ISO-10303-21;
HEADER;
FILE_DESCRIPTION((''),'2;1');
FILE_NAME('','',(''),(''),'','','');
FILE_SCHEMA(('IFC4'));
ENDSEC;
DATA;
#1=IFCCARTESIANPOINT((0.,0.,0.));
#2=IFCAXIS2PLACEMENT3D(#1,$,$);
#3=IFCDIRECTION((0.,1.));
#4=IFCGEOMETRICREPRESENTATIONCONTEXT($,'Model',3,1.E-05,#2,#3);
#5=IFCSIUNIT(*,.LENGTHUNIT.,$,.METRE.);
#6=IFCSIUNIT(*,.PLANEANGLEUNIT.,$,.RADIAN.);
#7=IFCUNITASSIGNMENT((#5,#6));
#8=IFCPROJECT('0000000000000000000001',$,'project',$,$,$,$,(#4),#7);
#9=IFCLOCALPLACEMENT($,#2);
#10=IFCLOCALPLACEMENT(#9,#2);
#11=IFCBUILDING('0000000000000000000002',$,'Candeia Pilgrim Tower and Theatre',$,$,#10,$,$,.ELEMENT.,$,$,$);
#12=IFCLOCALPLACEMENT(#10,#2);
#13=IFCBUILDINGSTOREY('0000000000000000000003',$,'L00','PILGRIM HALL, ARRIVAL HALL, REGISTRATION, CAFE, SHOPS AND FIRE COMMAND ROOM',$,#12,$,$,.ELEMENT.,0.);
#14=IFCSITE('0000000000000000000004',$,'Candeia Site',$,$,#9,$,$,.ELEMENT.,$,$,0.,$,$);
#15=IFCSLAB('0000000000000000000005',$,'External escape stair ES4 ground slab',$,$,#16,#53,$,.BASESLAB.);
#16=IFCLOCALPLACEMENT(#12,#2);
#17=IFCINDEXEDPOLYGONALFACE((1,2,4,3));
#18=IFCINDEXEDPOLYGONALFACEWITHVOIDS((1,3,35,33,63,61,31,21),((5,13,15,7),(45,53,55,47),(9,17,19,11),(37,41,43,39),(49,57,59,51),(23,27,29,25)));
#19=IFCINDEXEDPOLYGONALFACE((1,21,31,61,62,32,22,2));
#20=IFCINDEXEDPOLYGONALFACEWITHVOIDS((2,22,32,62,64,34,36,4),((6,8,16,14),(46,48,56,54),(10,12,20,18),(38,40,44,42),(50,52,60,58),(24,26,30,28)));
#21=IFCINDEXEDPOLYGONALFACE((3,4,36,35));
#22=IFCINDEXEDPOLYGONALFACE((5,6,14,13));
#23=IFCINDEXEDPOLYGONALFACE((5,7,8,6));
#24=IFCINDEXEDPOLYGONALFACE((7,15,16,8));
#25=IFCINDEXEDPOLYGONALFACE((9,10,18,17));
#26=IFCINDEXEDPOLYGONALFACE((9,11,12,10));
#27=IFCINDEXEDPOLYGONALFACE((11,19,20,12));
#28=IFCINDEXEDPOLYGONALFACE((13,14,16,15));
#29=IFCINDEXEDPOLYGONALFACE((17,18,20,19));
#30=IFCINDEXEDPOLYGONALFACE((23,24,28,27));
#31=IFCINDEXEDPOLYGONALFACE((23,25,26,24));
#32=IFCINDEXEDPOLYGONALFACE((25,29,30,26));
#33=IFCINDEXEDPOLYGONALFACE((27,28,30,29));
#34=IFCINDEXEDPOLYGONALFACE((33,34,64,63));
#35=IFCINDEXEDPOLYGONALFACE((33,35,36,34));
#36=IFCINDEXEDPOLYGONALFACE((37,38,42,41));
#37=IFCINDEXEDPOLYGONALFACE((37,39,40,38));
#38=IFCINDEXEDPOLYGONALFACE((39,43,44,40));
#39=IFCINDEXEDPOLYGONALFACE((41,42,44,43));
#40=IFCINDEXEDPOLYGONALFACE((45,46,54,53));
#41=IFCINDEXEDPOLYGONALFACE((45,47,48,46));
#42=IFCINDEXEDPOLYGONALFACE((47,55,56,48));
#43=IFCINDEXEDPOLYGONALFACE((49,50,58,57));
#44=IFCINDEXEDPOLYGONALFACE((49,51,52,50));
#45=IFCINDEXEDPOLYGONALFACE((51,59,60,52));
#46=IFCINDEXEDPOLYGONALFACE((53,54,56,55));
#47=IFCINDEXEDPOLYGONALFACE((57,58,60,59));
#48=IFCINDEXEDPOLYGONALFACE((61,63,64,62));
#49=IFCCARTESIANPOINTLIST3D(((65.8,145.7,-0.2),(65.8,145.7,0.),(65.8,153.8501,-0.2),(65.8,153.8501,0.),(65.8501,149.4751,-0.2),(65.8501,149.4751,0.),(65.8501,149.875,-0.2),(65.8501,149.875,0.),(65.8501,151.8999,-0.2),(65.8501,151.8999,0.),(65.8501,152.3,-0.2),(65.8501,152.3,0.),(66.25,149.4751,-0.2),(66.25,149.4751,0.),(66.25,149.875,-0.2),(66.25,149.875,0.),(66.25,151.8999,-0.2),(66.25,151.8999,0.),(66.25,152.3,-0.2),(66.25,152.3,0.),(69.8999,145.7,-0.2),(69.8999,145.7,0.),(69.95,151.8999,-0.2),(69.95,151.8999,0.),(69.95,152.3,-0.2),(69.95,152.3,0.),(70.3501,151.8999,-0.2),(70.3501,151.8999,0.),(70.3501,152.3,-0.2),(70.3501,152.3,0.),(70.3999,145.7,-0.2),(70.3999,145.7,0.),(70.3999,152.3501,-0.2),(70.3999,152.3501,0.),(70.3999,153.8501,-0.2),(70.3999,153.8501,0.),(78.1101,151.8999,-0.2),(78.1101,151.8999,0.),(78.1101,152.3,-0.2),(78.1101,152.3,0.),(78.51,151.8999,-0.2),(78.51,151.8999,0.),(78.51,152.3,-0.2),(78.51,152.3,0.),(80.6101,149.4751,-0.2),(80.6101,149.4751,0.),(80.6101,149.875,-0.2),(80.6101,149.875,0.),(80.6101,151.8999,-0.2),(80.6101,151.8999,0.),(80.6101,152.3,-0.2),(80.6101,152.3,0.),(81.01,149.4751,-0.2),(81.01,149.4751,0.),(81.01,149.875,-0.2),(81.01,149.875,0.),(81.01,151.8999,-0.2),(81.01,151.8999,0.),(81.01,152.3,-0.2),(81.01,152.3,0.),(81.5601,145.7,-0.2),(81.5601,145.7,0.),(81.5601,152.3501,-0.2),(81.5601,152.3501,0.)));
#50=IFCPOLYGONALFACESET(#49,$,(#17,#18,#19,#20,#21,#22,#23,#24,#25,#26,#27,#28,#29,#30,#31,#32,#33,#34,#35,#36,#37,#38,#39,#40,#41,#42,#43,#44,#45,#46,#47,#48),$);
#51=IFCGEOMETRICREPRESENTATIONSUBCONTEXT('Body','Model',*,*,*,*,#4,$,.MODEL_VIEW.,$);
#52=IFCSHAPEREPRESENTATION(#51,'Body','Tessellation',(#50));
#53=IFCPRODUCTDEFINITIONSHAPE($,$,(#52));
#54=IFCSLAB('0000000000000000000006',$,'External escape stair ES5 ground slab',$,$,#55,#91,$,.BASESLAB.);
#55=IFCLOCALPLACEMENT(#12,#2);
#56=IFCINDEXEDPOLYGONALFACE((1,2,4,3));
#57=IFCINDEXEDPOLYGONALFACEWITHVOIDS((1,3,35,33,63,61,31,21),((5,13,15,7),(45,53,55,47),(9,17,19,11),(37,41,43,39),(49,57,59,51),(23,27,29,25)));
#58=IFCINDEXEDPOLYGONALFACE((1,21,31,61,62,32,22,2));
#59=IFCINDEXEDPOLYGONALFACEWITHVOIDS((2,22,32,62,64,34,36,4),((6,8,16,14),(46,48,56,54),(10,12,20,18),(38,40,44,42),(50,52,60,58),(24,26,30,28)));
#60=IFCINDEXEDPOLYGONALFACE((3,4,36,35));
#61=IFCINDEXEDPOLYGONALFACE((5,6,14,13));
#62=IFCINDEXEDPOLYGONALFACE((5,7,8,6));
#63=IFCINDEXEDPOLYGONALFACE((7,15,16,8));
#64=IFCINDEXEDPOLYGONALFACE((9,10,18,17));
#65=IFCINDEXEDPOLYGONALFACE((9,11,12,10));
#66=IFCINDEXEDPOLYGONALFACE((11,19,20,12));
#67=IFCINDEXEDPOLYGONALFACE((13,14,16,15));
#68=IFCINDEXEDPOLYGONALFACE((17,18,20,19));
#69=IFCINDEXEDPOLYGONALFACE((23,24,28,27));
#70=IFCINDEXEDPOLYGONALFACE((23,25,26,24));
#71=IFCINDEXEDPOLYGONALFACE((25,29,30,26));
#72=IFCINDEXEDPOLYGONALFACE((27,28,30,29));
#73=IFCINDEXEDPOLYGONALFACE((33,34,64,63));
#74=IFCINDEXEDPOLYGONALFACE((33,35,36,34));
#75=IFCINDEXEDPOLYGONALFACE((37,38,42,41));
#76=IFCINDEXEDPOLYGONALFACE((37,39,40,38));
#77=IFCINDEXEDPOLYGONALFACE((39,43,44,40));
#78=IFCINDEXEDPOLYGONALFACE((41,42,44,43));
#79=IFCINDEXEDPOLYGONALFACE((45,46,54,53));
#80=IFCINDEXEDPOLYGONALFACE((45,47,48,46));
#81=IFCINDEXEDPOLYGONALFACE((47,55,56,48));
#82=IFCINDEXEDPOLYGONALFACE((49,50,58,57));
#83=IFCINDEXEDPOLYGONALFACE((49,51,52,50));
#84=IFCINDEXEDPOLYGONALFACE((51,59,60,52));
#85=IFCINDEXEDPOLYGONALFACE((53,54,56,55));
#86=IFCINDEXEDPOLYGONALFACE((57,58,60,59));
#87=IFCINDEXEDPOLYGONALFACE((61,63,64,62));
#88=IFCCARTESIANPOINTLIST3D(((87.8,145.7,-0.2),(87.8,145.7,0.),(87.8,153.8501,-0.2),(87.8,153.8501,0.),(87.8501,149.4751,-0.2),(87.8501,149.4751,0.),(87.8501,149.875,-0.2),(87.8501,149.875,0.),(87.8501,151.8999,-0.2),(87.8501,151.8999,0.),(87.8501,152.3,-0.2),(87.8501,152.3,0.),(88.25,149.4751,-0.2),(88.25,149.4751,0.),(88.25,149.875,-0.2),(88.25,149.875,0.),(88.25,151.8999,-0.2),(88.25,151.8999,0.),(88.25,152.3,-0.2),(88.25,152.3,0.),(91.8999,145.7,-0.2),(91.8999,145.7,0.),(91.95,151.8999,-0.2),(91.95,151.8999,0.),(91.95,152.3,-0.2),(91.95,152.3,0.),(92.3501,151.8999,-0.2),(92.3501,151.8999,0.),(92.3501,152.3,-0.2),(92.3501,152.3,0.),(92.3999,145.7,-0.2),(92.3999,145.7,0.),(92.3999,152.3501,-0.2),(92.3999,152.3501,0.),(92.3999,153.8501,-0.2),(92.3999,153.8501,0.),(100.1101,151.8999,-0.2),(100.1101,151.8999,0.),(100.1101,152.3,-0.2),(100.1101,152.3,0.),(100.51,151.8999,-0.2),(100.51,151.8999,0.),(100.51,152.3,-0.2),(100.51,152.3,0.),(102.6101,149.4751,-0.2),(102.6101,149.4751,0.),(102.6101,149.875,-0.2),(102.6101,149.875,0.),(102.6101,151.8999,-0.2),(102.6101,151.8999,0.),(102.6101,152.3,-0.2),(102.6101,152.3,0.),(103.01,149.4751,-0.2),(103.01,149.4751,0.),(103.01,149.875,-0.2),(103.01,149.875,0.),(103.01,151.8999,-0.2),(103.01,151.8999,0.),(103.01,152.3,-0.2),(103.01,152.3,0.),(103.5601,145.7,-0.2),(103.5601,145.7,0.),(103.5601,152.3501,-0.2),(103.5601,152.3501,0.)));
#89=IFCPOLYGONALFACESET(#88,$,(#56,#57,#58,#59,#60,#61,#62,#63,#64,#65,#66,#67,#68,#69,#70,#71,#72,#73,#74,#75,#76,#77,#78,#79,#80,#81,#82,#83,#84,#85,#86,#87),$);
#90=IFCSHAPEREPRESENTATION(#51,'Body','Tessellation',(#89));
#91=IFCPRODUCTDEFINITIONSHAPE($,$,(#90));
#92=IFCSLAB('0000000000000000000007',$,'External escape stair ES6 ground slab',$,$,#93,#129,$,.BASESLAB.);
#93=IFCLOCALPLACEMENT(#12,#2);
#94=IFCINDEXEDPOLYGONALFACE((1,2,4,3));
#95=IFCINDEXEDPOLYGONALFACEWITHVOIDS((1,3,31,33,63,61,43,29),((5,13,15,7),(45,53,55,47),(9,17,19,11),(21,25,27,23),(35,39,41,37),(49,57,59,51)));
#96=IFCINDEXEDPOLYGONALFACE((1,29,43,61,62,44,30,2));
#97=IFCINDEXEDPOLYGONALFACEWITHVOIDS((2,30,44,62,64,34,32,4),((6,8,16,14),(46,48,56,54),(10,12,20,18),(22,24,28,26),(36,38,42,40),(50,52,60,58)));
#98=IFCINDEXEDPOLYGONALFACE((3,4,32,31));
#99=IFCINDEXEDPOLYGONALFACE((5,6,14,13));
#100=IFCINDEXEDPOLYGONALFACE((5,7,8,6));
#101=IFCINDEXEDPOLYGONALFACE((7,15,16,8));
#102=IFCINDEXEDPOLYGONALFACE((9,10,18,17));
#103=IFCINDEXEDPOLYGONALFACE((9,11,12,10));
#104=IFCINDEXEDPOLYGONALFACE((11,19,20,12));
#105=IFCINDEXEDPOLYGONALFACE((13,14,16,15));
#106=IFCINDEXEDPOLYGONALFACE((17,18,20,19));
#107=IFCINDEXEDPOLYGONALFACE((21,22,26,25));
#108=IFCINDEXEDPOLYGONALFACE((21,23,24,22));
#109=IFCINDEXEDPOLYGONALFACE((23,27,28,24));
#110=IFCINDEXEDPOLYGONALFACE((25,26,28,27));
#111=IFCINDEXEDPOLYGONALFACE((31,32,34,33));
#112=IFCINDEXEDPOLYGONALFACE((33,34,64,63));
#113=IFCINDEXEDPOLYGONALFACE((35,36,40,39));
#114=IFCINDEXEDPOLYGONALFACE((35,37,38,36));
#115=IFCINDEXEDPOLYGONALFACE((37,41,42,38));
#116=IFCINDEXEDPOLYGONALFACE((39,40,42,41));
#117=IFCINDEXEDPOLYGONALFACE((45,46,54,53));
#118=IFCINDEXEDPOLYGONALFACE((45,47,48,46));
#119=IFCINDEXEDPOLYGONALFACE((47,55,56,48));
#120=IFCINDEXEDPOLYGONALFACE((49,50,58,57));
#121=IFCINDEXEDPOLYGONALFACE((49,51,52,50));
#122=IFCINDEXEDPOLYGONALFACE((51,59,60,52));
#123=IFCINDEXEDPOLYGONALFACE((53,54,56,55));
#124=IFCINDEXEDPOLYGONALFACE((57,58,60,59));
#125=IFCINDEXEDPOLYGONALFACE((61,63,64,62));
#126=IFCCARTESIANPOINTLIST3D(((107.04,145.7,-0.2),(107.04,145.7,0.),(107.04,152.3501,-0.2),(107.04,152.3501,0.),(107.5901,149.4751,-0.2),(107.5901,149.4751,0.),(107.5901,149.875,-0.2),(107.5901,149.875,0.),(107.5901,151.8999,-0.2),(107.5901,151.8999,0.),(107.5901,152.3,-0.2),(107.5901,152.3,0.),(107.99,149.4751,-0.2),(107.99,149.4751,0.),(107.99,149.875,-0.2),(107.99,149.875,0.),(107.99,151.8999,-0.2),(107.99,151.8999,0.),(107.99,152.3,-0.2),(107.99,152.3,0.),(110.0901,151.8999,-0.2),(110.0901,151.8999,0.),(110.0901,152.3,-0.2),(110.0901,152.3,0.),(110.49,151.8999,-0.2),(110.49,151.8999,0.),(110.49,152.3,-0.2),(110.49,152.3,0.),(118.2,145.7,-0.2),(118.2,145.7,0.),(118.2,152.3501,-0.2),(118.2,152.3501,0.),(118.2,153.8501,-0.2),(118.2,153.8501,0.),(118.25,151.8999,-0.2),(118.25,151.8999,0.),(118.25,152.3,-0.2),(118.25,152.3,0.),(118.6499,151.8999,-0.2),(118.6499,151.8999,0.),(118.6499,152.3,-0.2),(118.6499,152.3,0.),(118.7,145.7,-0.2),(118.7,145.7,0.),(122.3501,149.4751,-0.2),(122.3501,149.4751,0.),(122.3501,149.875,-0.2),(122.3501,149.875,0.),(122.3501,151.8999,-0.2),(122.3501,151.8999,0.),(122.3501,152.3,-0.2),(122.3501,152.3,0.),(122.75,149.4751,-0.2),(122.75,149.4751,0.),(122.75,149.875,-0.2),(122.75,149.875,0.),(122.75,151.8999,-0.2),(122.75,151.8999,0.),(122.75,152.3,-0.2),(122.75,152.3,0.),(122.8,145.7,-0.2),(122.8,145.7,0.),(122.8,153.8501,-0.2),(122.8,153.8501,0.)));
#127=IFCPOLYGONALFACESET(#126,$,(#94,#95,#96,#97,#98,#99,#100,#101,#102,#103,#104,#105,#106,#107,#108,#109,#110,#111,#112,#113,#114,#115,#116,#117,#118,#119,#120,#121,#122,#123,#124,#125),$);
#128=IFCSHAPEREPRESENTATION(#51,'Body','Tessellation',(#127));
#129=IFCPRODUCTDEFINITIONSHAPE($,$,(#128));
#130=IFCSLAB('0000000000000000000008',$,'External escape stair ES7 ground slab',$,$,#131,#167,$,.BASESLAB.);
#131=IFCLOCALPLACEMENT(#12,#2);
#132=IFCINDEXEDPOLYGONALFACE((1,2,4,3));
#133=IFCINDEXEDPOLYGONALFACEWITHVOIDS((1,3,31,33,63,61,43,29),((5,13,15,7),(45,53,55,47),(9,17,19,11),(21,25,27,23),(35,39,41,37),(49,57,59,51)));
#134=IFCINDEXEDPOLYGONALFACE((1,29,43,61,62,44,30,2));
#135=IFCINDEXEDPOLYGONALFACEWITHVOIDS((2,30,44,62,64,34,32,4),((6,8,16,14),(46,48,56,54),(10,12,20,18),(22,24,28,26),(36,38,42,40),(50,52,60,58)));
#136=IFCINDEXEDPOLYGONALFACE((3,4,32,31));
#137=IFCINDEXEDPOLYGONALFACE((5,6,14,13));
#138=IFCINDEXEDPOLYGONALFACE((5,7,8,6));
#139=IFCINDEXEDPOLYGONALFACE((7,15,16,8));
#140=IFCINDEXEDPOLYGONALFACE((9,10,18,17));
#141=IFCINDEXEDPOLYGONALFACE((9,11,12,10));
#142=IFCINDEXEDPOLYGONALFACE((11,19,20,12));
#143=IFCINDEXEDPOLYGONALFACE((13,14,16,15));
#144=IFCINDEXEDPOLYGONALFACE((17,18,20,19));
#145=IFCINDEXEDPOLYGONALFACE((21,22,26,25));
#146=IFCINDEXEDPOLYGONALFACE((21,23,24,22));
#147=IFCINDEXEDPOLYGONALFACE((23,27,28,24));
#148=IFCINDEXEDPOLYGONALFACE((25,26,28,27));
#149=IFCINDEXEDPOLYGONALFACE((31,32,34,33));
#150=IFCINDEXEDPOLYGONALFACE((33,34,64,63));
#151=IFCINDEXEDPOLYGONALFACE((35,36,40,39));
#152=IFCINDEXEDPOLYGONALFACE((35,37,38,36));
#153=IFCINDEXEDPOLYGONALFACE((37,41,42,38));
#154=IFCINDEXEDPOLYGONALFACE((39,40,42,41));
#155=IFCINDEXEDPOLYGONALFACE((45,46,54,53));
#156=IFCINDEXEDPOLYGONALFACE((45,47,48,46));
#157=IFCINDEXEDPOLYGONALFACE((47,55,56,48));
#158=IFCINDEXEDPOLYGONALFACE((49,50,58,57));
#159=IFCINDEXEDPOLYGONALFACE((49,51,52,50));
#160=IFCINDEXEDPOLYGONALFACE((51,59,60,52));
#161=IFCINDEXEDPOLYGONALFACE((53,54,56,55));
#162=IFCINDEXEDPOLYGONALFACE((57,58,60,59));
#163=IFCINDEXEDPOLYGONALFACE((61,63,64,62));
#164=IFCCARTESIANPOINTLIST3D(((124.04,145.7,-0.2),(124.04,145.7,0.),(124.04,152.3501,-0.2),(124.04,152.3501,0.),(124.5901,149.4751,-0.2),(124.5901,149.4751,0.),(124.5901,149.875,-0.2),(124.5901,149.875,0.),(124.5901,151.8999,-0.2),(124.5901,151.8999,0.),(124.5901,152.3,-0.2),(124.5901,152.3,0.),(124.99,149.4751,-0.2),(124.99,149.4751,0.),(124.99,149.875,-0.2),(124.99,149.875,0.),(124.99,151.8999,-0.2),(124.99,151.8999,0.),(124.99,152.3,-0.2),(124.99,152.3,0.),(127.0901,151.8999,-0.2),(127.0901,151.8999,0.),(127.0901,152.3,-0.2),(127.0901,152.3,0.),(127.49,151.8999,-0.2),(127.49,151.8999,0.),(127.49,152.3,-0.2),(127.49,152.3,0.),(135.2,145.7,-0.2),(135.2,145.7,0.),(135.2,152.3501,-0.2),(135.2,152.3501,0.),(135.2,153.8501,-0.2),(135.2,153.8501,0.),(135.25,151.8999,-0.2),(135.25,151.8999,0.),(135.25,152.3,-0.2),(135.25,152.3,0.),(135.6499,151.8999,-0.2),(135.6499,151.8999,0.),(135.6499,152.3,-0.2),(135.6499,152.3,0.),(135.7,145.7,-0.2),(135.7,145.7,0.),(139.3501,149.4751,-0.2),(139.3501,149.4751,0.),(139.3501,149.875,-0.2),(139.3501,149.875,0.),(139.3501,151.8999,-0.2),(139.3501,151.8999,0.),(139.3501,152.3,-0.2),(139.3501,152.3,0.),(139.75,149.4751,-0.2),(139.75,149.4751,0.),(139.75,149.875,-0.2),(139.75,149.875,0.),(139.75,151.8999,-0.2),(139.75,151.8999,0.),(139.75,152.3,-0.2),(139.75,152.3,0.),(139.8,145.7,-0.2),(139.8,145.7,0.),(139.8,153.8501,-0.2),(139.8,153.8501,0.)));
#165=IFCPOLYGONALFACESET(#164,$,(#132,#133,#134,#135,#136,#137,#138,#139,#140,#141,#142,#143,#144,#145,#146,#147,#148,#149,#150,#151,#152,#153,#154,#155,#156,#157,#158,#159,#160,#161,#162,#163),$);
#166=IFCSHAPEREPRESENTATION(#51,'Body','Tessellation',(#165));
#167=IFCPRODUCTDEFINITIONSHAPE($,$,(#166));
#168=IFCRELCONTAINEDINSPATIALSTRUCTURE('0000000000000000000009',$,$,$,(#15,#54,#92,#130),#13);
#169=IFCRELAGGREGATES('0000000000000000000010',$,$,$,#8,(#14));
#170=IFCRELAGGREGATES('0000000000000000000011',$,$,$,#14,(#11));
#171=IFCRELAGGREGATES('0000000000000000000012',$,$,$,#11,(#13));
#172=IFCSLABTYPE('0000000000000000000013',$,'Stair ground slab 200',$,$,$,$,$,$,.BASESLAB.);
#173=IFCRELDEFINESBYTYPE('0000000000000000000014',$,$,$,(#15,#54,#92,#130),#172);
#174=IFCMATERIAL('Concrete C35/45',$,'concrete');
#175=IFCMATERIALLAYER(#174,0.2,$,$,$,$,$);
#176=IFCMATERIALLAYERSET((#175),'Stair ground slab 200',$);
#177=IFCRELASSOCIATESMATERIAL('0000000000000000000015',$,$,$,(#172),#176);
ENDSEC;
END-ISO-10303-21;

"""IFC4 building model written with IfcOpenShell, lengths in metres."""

from ifc_helpers import new_model, si_unit, direction, frame, origin, place, context, subcontext, project, spatial, polyline, outline, extrude, material, layer, layer_set, type_object, element, save


model = new_model("IFC4")

# Units and contexts
model_context = context("Model", 3, precision=1e-05, world=origin(), true_north=direction((0.0, 1.0)))
body_context = subcontext(model_context, "Body", "Model", "MODEL_VIEW")
ifc_project = project(units=[si_unit("LENGTHUNIT", "METRE"), si_unit("PLANEANGLEUNIT", "RADIAN")], contexts=[model_context])

# Site, building, storey
site_placement = place(None, origin())
site = spatial("IfcSite", under=ifc_project, at=site_placement, Name="Candeia Site", CompositionType="ELEMENT", RefElevation=0.0)
building_placement = place(site_placement, origin())
building = spatial("IfcBuilding", under=site, at=building_placement, Name="Candeia Pilgrim Tower and Theatre", CompositionType="ELEMENT")
storey_placement = place(building_placement, origin())
storey = spatial("IfcBuildingStorey", under=building, at=storey_placement, Name="L00", Description="PILGRIM HALL, ARRIVAL HALL, REGISTRATION, CAFE, SHOPS AND FIRE COMMAND ROOM", CompositionType="ELEMENT", Elevation=0.0)

# Slabs
ifc_material = material(Name="Concrete C35/45", Category="concrete")
ifc_layer_1 = layer(ifc_material, 0.2)
ifc_layer_set_1 = layer_set([ifc_layer_1], Name="Stair ground slab 200")
slab_type_1 = type_object("IfcSlabType", Name="Stair ground slab 200", PredefinedType="BASESLAB", material=ifc_layer_set_1)
slab_1_placement = place(storey_placement, frame((0.0, 0.0, -0.2)))
element("IfcSlab", 1, at=slab_1_placement, inside=storey, type_object=slab_type_1, Name="External escape stair ES4 ground slab", PredefinedType="BASESLAB", context=body_context, shape_type="SweptSolid", body=[
    extrude(outline(polyline([(65.8, 153.8501), (70.3999, 153.8501), (70.3999, 152.3501), (81.5601, 152.3501), (81.5601, 145.7), (70.3999, 145.7), (69.8999, 145.7), (65.8, 145.7), (65.8, 153.8501)]), holes=[polyline([(66.25, 149.4751), (66.25, 149.875), (65.8501, 149.875), (65.8501, 149.4751), (66.25, 149.4751)]), polyline([(80.6101, 149.4751), (81.01, 149.4751), (81.01, 149.875), (80.6101, 149.875), (80.6101, 149.4751)]), polyline([(65.8501, 151.8999), (66.25, 151.8999), (66.25, 152.3), (65.8501, 152.3), (65.8501, 151.8999)]), polyline([(70.3501, 151.8999), (70.3501, 152.3), (69.95, 152.3), (69.95, 151.8999), (70.3501, 151.8999)]), polyline([(78.1101, 151.8999), (78.51, 151.8999), (78.51, 152.3), (78.1101, 152.3), (78.1101, 151.8999)]), polyline([(80.6101, 151.8999), (81.01, 151.8999), (81.01, 152.3), (80.6101, 152.3), (80.6101, 151.8999)])]), origin(), (0.0, 0.0, 1.0), 0.2),
])
slab_2_placement = place(storey_placement, frame((0.0, 0.0, -0.2)))
element("IfcSlab", 2, at=slab_2_placement, inside=storey, type_object=slab_type_1, Name="External escape stair ES5 ground slab", PredefinedType="BASESLAB", context=body_context, shape_type="SweptSolid", body=[
    extrude(outline(polyline([(87.8, 153.8501), (92.3999, 153.8501), (92.3999, 152.3501), (103.5601, 152.3501), (103.5601, 145.7), (92.3999, 145.7), (91.8999, 145.7), (87.8, 145.7), (87.8, 153.8501)]), holes=[polyline([(88.25, 149.4751), (88.25, 149.875), (87.8501, 149.875), (87.8501, 149.4751), (88.25, 149.4751)]), polyline([(102.6101, 149.4751), (103.01, 149.4751), (103.01, 149.875), (102.6101, 149.875), (102.6101, 149.4751)]), polyline([(87.8501, 151.8999), (88.25, 151.8999), (88.25, 152.3), (87.8501, 152.3), (87.8501, 151.8999)]), polyline([(92.3501, 151.8999), (92.3501, 152.3), (91.95, 152.3), (91.95, 151.8999), (92.3501, 151.8999)]), polyline([(100.1101, 151.8999), (100.51, 151.8999), (100.51, 152.3), (100.1101, 152.3), (100.1101, 151.8999)]), polyline([(102.6101, 151.8999), (103.01, 151.8999), (103.01, 152.3), (102.6101, 152.3), (102.6101, 151.8999)])]), origin(), (0.0, 0.0, 1.0), 0.2),
])
slab_3_placement = place(storey_placement, frame((0.0, 0.0, -0.2)))
element("IfcSlab", 3, at=slab_3_placement, inside=storey, type_object=slab_type_1, Name="External escape stair ES6 ground slab", PredefinedType="BASESLAB", context=body_context, shape_type="SweptSolid", body=[
    extrude(outline(polyline([(107.04, 152.3501), (118.2, 152.3501), (118.2, 153.8501), (122.8, 153.8501), (122.8, 145.7), (118.7, 145.7), (118.2, 145.7), (107.04, 145.7), (107.04, 152.3501)]), holes=[polyline([(107.99, 149.4751), (107.99, 149.875), (107.5901, 149.875), (107.5901, 149.4751), (107.99, 149.4751)]), polyline([(122.3501, 149.4751), (122.75, 149.4751), (122.75, 149.875), (122.3501, 149.875), (122.3501, 149.4751)]), polyline([(107.5901, 151.8999), (107.99, 151.8999), (107.99, 152.3), (107.5901, 152.3), (107.5901, 151.8999)]), polyline([(110.49, 151.8999), (110.49, 152.3), (110.0901, 152.3), (110.0901, 151.8999), (110.49, 151.8999)]), polyline([(118.25, 151.8999), (118.6499, 151.8999), (118.6499, 152.3), (118.25, 152.3), (118.25, 151.8999)]), polyline([(122.3501, 151.8999), (122.75, 151.8999), (122.75, 152.3), (122.3501, 152.3), (122.3501, 151.8999)])]), origin(), (0.0, 0.0, 1.0), 0.2),
])
slab_4_placement = place(storey_placement, frame((0.0, 0.0, -0.2)))
element("IfcSlab", 4, at=slab_4_placement, inside=storey, type_object=slab_type_1, Name="External escape stair ES7 ground slab", PredefinedType="BASESLAB", context=body_context, shape_type="SweptSolid", body=[
    extrude(outline(polyline([(124.04, 152.3501), (135.2, 152.3501), (135.2, 153.8501), (139.8, 153.8501), (139.8, 145.7), (135.7, 145.7), (135.2, 145.7), (124.04, 145.7), (124.04, 152.3501)]), holes=[polyline([(124.99, 149.4751), (124.99, 149.875), (124.5901, 149.875), (124.5901, 149.4751), (124.99, 149.4751)]), polyline([(139.3501, 149.4751), (139.75, 149.4751), (139.75, 149.875), (139.3501, 149.875), (139.3501, 149.4751)]), polyline([(124.5901, 151.8999), (124.99, 151.8999), (124.99, 152.3), (124.5901, 152.3), (124.5901, 151.8999)]), polyline([(127.49, 151.8999), (127.49, 152.3), (127.0901, 152.3), (127.0901, 151.8999), (127.49, 151.8999)]), polyline([(135.25, 151.8999), (135.6499, 151.8999), (135.6499, 152.3), (135.25, 152.3), (135.25, 151.8999)]), polyline([(139.3501, 151.8999), (139.75, 151.8999), (139.75, 152.3), (139.3501, 152.3), (139.3501, 151.8999)])]), origin(), (0.0, 0.0, 1.0), 0.2),
])

save(model, "model.ifc")
